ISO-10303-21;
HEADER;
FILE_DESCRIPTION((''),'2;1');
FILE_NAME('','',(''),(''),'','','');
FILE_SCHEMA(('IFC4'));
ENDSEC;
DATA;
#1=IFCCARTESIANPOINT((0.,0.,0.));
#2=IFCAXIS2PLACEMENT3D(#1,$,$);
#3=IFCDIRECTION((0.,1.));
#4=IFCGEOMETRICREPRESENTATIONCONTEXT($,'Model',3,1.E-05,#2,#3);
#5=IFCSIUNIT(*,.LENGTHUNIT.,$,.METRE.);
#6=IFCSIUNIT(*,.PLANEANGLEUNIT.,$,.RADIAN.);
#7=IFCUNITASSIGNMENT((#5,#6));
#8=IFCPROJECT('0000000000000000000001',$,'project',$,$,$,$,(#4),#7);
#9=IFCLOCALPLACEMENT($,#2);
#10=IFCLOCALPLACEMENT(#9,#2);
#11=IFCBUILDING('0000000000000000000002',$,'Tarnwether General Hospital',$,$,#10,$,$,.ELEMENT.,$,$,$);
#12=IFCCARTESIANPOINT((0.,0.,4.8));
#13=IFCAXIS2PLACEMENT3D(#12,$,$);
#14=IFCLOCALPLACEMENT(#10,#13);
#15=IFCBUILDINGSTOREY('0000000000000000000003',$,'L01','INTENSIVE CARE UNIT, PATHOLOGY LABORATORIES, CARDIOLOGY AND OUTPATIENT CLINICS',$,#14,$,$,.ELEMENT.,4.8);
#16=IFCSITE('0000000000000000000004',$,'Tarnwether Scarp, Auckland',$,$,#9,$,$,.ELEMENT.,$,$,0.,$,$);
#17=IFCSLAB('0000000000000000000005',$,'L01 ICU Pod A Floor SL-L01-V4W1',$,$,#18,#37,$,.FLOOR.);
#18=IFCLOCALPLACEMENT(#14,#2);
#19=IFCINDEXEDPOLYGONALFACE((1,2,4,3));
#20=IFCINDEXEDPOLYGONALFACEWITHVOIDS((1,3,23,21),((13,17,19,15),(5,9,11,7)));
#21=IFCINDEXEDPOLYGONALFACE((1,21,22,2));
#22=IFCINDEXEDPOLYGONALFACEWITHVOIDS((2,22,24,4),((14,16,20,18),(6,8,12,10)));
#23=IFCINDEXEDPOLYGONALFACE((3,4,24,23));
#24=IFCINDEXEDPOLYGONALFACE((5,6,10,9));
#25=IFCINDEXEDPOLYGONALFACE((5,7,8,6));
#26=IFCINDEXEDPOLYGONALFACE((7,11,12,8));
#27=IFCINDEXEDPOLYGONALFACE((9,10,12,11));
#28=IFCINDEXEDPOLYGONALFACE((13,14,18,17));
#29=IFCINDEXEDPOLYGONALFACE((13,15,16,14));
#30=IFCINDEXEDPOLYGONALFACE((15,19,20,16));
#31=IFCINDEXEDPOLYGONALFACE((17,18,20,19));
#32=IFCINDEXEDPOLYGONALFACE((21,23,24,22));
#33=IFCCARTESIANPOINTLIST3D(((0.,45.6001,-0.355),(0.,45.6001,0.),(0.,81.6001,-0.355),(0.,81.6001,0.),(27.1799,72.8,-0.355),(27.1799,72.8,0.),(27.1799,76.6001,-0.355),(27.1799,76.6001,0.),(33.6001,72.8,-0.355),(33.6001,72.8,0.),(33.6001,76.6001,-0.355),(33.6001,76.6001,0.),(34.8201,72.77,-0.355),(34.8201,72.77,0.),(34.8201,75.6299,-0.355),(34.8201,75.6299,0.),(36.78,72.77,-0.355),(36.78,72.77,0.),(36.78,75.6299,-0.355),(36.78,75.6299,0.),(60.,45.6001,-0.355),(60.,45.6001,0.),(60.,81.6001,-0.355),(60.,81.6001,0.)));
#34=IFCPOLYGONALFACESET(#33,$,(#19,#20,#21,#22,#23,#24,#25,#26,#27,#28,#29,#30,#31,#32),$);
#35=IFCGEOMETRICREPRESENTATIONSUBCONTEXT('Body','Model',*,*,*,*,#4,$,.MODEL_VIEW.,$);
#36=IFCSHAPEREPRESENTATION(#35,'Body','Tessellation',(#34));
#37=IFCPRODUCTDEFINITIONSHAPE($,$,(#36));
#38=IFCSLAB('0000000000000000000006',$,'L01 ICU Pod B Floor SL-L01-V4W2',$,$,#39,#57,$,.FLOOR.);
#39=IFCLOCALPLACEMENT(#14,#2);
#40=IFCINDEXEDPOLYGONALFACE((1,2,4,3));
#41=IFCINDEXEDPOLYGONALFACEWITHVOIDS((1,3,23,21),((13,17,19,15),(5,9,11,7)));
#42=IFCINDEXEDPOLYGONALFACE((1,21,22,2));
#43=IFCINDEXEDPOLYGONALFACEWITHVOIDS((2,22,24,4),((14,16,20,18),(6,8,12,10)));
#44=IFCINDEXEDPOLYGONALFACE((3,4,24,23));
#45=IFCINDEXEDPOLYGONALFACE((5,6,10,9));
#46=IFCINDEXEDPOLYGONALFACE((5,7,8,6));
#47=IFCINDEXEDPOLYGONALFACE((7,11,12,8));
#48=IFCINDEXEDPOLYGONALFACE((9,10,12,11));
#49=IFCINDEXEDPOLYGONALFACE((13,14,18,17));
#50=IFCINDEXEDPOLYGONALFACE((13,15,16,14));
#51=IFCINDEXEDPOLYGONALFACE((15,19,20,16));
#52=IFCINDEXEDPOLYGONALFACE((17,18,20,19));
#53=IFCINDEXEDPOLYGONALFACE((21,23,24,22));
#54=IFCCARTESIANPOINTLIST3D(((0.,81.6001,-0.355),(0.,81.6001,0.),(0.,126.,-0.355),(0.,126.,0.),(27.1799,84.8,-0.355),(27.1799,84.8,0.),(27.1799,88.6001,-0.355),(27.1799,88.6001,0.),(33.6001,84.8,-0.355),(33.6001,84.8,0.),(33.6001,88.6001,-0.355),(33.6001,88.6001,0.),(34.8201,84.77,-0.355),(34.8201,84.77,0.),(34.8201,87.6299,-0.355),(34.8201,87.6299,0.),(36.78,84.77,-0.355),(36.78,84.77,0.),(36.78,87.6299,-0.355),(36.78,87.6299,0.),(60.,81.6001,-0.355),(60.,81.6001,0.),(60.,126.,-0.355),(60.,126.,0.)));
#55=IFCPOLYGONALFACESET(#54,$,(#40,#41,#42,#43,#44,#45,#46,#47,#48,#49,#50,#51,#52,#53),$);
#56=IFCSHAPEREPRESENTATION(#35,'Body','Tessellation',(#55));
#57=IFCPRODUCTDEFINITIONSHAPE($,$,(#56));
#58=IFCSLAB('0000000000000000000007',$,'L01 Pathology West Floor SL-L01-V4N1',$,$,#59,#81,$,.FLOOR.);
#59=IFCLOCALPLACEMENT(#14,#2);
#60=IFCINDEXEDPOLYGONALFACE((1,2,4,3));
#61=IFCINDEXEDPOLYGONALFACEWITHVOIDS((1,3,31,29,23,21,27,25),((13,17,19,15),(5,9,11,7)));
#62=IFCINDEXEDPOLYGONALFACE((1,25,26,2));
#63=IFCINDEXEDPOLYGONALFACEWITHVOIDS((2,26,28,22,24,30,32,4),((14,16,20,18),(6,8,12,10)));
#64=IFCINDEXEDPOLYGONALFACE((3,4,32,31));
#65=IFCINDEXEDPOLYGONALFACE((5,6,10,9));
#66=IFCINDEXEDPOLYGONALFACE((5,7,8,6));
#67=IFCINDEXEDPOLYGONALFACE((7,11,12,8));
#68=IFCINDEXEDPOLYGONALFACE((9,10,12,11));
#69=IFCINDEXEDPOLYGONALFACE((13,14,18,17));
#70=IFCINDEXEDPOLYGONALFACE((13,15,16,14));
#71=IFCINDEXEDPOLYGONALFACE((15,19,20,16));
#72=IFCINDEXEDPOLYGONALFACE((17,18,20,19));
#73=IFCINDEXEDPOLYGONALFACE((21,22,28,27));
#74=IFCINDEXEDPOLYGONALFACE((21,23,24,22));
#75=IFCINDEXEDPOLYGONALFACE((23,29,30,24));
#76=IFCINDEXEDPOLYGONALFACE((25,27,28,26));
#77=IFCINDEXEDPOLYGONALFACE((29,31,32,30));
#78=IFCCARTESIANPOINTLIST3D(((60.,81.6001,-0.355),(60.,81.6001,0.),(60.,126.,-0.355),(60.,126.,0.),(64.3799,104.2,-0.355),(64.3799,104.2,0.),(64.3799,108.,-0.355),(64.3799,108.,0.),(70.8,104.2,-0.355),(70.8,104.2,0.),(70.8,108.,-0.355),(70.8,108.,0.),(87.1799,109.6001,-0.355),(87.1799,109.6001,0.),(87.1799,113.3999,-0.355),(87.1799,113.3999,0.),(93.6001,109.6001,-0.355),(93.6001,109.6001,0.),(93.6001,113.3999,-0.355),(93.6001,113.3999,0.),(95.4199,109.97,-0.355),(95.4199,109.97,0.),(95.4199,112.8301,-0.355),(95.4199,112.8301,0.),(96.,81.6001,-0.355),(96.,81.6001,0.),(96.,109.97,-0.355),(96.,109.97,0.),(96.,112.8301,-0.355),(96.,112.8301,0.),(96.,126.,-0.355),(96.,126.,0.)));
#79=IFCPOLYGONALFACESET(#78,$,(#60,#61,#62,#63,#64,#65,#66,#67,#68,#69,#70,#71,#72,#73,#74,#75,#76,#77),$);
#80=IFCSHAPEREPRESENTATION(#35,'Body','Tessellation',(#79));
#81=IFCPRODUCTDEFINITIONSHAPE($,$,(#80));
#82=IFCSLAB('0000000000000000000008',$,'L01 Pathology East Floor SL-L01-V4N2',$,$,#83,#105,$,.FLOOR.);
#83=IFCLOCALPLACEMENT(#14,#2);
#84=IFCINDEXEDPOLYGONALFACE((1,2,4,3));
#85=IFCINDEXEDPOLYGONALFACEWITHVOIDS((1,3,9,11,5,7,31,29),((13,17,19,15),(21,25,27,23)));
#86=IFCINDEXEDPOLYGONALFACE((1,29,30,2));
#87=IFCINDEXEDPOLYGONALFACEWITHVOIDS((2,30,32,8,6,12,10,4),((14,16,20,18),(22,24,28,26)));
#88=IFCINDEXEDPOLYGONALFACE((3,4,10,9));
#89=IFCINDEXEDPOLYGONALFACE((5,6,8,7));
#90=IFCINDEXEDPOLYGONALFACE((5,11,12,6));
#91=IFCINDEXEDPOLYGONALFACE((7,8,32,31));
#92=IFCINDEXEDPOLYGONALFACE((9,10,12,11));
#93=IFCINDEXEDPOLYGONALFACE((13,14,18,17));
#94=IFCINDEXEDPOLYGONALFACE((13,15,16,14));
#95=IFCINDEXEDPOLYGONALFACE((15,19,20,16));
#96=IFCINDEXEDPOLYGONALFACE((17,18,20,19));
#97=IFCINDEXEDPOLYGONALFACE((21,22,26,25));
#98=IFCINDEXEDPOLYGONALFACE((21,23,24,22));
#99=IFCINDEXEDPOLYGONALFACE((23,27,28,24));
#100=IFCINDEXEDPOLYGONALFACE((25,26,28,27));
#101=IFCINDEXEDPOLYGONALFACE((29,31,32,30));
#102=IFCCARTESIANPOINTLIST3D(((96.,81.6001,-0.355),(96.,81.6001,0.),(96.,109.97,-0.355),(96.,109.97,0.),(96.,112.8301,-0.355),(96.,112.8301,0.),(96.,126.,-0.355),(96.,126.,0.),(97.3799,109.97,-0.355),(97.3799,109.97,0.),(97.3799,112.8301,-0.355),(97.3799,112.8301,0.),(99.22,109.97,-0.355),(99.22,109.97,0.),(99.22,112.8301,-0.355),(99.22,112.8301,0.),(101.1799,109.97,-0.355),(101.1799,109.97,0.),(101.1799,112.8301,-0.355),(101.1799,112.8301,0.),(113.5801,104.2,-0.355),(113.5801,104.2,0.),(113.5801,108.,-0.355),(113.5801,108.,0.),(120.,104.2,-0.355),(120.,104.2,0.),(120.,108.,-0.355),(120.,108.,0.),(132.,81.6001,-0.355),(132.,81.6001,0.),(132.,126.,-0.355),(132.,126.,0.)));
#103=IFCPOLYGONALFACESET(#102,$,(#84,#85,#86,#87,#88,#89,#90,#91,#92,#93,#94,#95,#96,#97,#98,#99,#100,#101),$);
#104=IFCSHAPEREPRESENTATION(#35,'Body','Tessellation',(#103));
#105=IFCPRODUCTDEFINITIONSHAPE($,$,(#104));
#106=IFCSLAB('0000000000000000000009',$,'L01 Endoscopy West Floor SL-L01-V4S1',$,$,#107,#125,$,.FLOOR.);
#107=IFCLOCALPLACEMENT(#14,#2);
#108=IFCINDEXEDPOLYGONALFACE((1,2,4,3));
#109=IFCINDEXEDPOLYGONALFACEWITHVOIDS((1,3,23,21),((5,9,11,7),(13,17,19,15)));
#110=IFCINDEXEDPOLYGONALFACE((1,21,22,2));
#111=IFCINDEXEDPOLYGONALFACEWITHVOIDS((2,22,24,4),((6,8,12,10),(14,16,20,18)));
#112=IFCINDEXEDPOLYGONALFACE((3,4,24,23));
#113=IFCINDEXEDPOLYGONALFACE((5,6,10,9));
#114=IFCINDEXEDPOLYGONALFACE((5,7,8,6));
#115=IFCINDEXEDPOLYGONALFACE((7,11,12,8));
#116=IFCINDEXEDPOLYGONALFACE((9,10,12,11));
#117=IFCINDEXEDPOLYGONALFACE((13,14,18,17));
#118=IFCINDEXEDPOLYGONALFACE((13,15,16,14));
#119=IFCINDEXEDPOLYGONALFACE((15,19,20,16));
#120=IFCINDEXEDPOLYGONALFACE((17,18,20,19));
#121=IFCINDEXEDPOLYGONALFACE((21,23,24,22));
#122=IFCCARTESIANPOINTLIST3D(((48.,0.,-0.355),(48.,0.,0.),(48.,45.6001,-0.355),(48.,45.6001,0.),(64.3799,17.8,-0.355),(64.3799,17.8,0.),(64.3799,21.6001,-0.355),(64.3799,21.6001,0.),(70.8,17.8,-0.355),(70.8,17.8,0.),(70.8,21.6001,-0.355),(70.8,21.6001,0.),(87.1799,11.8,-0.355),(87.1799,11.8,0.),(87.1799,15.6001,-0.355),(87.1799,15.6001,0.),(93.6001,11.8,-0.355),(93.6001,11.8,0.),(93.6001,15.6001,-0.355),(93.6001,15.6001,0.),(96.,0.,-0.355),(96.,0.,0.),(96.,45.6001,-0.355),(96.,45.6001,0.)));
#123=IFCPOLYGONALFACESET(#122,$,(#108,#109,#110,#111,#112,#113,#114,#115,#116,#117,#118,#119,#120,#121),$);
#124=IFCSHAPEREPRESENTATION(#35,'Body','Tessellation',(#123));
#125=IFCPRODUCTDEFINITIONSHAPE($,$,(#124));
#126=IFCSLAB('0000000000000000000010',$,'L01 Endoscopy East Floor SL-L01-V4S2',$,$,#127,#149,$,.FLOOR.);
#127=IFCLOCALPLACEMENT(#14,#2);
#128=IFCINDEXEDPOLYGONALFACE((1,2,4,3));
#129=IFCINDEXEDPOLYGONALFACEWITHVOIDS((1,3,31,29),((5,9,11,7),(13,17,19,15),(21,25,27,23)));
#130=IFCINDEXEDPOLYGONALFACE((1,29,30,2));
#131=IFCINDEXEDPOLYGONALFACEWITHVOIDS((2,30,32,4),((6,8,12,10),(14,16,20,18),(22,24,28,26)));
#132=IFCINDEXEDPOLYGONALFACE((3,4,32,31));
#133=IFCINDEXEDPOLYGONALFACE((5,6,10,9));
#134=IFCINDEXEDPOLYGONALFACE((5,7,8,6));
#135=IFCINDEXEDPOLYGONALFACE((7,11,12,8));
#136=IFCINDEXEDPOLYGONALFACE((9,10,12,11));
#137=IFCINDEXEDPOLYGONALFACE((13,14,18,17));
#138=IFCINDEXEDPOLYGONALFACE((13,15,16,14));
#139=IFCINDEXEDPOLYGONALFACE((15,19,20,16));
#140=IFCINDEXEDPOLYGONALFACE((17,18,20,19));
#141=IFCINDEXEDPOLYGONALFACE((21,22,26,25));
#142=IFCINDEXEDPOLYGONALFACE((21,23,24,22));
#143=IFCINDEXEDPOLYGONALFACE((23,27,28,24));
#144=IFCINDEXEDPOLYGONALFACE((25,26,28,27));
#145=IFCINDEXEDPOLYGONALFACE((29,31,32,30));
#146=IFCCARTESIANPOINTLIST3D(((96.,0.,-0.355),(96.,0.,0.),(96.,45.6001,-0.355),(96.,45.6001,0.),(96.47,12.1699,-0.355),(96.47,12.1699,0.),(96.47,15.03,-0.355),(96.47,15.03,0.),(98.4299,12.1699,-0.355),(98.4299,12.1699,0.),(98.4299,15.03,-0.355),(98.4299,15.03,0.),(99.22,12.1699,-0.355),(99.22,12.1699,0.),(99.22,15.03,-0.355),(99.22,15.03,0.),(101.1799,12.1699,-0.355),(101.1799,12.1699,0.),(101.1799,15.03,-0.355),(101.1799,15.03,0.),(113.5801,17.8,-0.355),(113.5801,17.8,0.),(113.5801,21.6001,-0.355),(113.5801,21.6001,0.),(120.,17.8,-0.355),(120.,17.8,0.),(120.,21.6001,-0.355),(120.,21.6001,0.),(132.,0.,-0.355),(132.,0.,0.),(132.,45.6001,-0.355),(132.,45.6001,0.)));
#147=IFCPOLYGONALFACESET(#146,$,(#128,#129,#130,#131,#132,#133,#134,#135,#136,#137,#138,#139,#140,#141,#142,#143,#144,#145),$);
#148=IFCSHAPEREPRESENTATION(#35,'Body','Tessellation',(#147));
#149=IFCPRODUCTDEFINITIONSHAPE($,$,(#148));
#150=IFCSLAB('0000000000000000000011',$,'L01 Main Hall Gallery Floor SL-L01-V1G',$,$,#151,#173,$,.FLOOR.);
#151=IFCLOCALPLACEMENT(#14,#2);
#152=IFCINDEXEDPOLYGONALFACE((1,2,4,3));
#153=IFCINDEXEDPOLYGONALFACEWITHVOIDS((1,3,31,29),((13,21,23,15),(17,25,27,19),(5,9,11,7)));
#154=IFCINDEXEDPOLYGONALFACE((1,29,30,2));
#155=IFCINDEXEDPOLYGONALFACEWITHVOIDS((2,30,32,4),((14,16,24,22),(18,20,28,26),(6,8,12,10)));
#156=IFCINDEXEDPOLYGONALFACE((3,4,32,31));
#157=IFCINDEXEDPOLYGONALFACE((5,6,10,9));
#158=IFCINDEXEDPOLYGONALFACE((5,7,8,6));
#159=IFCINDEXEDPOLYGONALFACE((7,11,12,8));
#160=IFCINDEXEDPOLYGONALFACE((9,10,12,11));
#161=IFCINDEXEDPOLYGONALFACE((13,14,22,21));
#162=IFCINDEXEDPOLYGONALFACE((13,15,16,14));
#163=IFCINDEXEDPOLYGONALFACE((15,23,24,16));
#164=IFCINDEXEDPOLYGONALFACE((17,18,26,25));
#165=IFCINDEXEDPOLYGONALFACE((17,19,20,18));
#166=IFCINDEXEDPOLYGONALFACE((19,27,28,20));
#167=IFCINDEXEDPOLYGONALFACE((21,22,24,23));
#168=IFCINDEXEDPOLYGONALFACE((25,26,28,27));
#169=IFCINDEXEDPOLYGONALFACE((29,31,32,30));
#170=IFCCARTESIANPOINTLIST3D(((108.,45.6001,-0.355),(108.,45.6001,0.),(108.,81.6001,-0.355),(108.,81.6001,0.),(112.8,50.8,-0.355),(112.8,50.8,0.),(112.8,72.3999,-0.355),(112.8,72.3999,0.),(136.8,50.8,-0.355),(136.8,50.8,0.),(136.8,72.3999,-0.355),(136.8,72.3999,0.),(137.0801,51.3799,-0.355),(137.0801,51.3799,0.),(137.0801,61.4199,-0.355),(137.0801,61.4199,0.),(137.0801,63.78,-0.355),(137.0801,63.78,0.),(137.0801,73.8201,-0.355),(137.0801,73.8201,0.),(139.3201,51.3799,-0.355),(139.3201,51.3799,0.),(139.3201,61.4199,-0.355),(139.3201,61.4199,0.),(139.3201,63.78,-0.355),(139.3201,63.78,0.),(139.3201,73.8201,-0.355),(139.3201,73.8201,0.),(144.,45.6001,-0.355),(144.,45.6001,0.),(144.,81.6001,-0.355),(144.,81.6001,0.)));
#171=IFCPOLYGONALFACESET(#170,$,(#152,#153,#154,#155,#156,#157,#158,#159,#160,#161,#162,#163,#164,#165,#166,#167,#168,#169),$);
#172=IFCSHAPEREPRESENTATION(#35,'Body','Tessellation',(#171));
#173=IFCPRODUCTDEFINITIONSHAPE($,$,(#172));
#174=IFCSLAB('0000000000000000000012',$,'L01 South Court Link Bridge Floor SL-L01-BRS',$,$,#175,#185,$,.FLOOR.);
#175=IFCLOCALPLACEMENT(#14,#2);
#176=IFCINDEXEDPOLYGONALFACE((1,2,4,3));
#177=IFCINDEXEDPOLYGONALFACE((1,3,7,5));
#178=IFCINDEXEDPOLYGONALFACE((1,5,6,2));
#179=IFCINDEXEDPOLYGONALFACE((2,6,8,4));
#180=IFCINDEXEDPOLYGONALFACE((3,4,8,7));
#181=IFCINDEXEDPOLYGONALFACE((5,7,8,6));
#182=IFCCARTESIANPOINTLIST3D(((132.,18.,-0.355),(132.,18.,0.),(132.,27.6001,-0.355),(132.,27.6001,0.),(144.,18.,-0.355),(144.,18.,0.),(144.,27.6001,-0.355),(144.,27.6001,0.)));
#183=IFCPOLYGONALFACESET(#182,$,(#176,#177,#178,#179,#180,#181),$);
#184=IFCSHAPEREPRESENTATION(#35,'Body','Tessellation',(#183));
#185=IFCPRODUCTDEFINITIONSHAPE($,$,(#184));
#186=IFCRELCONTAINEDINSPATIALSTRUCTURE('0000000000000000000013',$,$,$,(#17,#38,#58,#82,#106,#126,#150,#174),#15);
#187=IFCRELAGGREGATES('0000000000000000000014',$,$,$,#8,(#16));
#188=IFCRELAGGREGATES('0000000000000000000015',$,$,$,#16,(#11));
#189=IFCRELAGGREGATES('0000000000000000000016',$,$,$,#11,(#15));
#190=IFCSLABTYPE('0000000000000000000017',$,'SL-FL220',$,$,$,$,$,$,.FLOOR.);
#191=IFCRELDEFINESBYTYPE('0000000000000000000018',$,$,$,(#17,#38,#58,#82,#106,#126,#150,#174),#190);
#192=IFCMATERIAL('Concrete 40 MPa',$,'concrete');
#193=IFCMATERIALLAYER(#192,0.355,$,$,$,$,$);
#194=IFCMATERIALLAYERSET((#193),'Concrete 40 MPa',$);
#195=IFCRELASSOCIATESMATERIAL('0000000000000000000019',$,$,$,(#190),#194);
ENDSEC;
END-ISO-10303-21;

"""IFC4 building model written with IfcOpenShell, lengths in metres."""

from ifc_helpers import new_model, si_unit, direction, frame, origin, place, context, subcontext, project, spatial, polyline, outline, extrude, material, layer, layer_set, type_object, element, save


model = new_model("IFC4")

# Units and contexts
model_context = context("Model", 3, precision=1e-05, world=origin(), true_north=direction((0.0, 1.0)))
body_context = subcontext(model_context, "Body", "Model", "MODEL_VIEW")
ifc_project = project(units=[si_unit("LENGTHUNIT", "METRE"), si_unit("PLANEANGLEUNIT", "RADIAN")], contexts=[model_context])

# Site, building, storey
site_placement = place(None, origin())
site = spatial("IfcSite", under=ifc_project, at=site_placement, Name="Tarnwether Scarp, Auckland", CompositionType="ELEMENT", RefElevation=0.0)
building_placement = place(site_placement, origin())
building = spatial("IfcBuilding", under=site, at=building_placement, Name="Tarnwether General Hospital", CompositionType="ELEMENT")
storey_placement = place(building_placement, frame((0.0, 0.0, 4.8)))
storey = spatial("IfcBuildingStorey", under=building, at=storey_placement, Name="L01", Description="INTENSIVE CARE UNIT, PATHOLOGY LABORATORIES, CARDIOLOGY AND OUTPATIENT CLINICS", CompositionType="ELEMENT", Elevation=4.8)

# Slabs
ifc_material_1 = material(Name="Concrete 40 MPa", Category="concrete")
ifc_layer_1 = layer(ifc_material_1, 0.355)
ifc_layer_set_1 = layer_set([ifc_layer_1], Name="Concrete 40 MPa")
slab_type_1 = type_object("IfcSlabType", Name="SL-FL220", PredefinedType="FLOOR", material=ifc_layer_set_1)
slab_1_placement = place(storey_placement, frame((0.0, 0.0, -0.355)))
element("IfcSlab", 1, at=slab_1_placement, inside=storey, type_object=slab_type_1, Name="L01 ICU Pod A Floor SL-L01-V4W1", PredefinedType="FLOOR", context=body_context, shape_type="SweptSolid", body=[
    extrude(outline(polyline([(0.0, 45.6001), (0.0, 81.6001), (60.0, 81.6001), (60.0, 45.6001), (0.0, 45.6001)]), holes=[polyline([(36.78, 75.6299), (34.8201, 75.6299), (34.8201, 72.77), (36.78, 72.77), (36.78, 75.6299)]), polyline([(33.6001, 76.6001), (27.1799, 76.6001), (27.1799, 72.8), (33.6001, 72.8), (33.6001, 76.6001)])]), origin(), (0.0, 0.0, 1.0), 0.355),
])
slab_2_placement = place(storey_placement, frame((0.0, 0.0, -0.355)))
element("IfcSlab", 2, at=slab_2_placement, inside=storey, type_object=slab_type_1, Name="L01 ICU Pod B Floor SL-L01-V4W2", PredefinedType="FLOOR", context=body_context, shape_type="SweptSolid", body=[
    extrude(outline(polyline([(0.0, 81.6001), (0.0, 126.0), (60.0, 126.0), (60.0, 81.6001), (0.0, 81.6001)]), holes=[polyline([(36.78, 87.6299), (34.8201, 87.6299), (34.8201, 84.77), (36.78, 84.77), (36.78, 87.6299)]), polyline([(33.6001, 88.6001), (27.1799, 88.6001), (27.1799, 84.8), (33.6001, 84.8), (33.6001, 88.6001)])]), origin(), (0.0, 0.0, 1.0), 0.355),
])
slab_3_placement = place(storey_placement, frame((0.0, 0.0, -0.355)))
element("IfcSlab", 3, at=slab_3_placement, inside=storey, type_object=slab_type_1, Name="L01 Pathology West Floor SL-L01-V4N1", PredefinedType="FLOOR", context=body_context, shape_type="SweptSolid", body=[
    extrude(outline(polyline([(96.0, 81.6001), (60.0, 81.6001), (60.0, 126.0), (96.0, 126.0), (96.0, 112.8301), (95.4199, 112.8301), (95.4199, 109.97), (96.0, 109.97), (96.0, 81.6001)]), holes=[polyline([(70.8, 108.0), (64.3799, 108.0), (64.3799, 104.2), (70.8, 104.2), (70.8, 108.0)]), polyline([(93.6001, 109.6001), (93.6001, 113.3999), (87.1799, 113.3999), (87.1799, 109.6001), (93.6001, 109.6001)])]), origin(), (0.0, 0.0, 1.0), 0.355),
])
slab_4_placement = place(storey_placement, frame((0.0, 0.0, -0.355)))
element("IfcSlab", 4, at=slab_4_placement, inside=storey, type_object=slab_type_1, Name="L01 Pathology East Floor SL-L01-V4N2", PredefinedType="FLOOR", context=body_context, shape_type="SweptSolid", body=[
    extrude(outline(polyline([(96.0, 126.0), (132.0, 126.0), (132.0, 81.6001), (96.0, 81.6001), (96.0, 109.97), (97.3799, 109.97), (97.3799, 112.8301), (96.0, 112.8301), (96.0, 126.0)]), holes=[polyline([(120.0, 104.2), (120.0, 108.0), (113.5801, 108.0), (113.5801, 104.2), (120.0, 104.2)]), polyline([(101.1799, 109.97), (101.1799, 112.8301), (99.22, 112.8301), (99.22, 109.97), (101.1799, 109.97)])]), origin(), (0.0, 0.0, 1.0), 0.355),
])
slab_5_placement = place(storey_placement, frame((0.0, 0.0, -0.355)))
element("IfcSlab", 5, at=slab_5_placement, inside=storey, type_object=slab_type_1, Name="L01 Endoscopy West Floor SL-L01-V4S1", PredefinedType="FLOOR", context=body_context, shape_type="SweptSolid", body=[
    extrude(outline(polyline([(48.0, 0.0), (48.0, 45.6001), (96.0, 45.6001), (96.0, 0.0), (48.0, 0.0)]), holes=[polyline([(93.6001, 15.6001), (87.1799, 15.6001), (87.1799, 11.8), (93.6001, 11.8), (93.6001, 15.6001)]), polyline([(70.8, 21.6001), (64.3799, 21.6001), (64.3799, 17.8), (70.8, 17.8), (70.8, 21.6001)])]), origin(), (0.0, 0.0, 1.0), 0.355),
])
slab_6_placement = place(storey_placement, frame((0.0, 0.0, -0.355)))
element("IfcSlab", 6, at=slab_6_placement, inside=storey, type_object=slab_type_1, Name="L01 Endoscopy East Floor SL-L01-V4S2", PredefinedType="FLOOR", context=body_context, shape_type="SweptSolid", body=[
    extrude(outline(polyline([(96.0, 0.0), (96.0, 45.6001), (132.0, 45.6001), (132.0, 0.0), (96.0, 0.0)]), holes=[polyline([(98.4299, 15.03), (96.47, 15.03), (96.47, 12.1699), (98.4299, 12.1699), (98.4299, 15.03)]), polyline([(101.1799, 15.03), (99.22, 15.03), (99.22, 12.1699), (101.1799, 12.1699), (101.1799, 15.03)]), polyline([(120.0, 21.6001), (113.5801, 21.6001), (113.5801, 17.8), (120.0, 17.8), (120.0, 21.6001)])]), origin(), (0.0, 0.0, 1.0), 0.355),
])
slab_7_placement = place(storey_placement, frame((0.0, 0.0, -0.355)))
element("IfcSlab", 7, at=slab_7_placement, inside=storey, type_object=slab_type_1, Name="L01 Main Hall Gallery Floor SL-L01-V1G", PredefinedType="FLOOR", context=body_context, shape_type="SweptSolid", body=[
    extrude(outline(polyline([(144.0, 81.6001), (144.0, 45.6001), (108.0, 45.6001), (108.0, 81.6001), (144.0, 81.6001)]), holes=[polyline([(112.8, 50.8), (136.8, 50.8), (136.8, 72.3999), (112.8, 72.3999), (112.8, 50.8)]), polyline([(137.0801, 61.4199), (137.0801, 51.3799), (139.3201, 51.3799), (139.3201, 61.4199), (137.0801, 61.4199)]), polyline([(137.0801, 63.78), (139.3201, 63.78), (139.3201, 73.8201), (137.0801, 73.8201), (137.0801, 63.78)])]), origin(), (0.0, 0.0, 1.0), 0.355),
])
slab_8_placement = place(storey_placement, frame((0.0, 0.0, -0.355)))
element("IfcSlab", 8, at=slab_8_placement, inside=storey, type_object=slab_type_1, Name="L01 South Court Link Bridge Floor SL-L01-BRS", PredefinedType="FLOOR", context=body_context, shape_type="SweptSolid", body=[
    extrude(outline(polyline([(144.0, 18.0), (144.0, 27.6001), (132.0, 27.6001), (132.0, 18.0), (144.0, 18.0)])), origin(), (0.0, 0.0, 1.0), 0.355),
])

save(model, "model.ifc")
